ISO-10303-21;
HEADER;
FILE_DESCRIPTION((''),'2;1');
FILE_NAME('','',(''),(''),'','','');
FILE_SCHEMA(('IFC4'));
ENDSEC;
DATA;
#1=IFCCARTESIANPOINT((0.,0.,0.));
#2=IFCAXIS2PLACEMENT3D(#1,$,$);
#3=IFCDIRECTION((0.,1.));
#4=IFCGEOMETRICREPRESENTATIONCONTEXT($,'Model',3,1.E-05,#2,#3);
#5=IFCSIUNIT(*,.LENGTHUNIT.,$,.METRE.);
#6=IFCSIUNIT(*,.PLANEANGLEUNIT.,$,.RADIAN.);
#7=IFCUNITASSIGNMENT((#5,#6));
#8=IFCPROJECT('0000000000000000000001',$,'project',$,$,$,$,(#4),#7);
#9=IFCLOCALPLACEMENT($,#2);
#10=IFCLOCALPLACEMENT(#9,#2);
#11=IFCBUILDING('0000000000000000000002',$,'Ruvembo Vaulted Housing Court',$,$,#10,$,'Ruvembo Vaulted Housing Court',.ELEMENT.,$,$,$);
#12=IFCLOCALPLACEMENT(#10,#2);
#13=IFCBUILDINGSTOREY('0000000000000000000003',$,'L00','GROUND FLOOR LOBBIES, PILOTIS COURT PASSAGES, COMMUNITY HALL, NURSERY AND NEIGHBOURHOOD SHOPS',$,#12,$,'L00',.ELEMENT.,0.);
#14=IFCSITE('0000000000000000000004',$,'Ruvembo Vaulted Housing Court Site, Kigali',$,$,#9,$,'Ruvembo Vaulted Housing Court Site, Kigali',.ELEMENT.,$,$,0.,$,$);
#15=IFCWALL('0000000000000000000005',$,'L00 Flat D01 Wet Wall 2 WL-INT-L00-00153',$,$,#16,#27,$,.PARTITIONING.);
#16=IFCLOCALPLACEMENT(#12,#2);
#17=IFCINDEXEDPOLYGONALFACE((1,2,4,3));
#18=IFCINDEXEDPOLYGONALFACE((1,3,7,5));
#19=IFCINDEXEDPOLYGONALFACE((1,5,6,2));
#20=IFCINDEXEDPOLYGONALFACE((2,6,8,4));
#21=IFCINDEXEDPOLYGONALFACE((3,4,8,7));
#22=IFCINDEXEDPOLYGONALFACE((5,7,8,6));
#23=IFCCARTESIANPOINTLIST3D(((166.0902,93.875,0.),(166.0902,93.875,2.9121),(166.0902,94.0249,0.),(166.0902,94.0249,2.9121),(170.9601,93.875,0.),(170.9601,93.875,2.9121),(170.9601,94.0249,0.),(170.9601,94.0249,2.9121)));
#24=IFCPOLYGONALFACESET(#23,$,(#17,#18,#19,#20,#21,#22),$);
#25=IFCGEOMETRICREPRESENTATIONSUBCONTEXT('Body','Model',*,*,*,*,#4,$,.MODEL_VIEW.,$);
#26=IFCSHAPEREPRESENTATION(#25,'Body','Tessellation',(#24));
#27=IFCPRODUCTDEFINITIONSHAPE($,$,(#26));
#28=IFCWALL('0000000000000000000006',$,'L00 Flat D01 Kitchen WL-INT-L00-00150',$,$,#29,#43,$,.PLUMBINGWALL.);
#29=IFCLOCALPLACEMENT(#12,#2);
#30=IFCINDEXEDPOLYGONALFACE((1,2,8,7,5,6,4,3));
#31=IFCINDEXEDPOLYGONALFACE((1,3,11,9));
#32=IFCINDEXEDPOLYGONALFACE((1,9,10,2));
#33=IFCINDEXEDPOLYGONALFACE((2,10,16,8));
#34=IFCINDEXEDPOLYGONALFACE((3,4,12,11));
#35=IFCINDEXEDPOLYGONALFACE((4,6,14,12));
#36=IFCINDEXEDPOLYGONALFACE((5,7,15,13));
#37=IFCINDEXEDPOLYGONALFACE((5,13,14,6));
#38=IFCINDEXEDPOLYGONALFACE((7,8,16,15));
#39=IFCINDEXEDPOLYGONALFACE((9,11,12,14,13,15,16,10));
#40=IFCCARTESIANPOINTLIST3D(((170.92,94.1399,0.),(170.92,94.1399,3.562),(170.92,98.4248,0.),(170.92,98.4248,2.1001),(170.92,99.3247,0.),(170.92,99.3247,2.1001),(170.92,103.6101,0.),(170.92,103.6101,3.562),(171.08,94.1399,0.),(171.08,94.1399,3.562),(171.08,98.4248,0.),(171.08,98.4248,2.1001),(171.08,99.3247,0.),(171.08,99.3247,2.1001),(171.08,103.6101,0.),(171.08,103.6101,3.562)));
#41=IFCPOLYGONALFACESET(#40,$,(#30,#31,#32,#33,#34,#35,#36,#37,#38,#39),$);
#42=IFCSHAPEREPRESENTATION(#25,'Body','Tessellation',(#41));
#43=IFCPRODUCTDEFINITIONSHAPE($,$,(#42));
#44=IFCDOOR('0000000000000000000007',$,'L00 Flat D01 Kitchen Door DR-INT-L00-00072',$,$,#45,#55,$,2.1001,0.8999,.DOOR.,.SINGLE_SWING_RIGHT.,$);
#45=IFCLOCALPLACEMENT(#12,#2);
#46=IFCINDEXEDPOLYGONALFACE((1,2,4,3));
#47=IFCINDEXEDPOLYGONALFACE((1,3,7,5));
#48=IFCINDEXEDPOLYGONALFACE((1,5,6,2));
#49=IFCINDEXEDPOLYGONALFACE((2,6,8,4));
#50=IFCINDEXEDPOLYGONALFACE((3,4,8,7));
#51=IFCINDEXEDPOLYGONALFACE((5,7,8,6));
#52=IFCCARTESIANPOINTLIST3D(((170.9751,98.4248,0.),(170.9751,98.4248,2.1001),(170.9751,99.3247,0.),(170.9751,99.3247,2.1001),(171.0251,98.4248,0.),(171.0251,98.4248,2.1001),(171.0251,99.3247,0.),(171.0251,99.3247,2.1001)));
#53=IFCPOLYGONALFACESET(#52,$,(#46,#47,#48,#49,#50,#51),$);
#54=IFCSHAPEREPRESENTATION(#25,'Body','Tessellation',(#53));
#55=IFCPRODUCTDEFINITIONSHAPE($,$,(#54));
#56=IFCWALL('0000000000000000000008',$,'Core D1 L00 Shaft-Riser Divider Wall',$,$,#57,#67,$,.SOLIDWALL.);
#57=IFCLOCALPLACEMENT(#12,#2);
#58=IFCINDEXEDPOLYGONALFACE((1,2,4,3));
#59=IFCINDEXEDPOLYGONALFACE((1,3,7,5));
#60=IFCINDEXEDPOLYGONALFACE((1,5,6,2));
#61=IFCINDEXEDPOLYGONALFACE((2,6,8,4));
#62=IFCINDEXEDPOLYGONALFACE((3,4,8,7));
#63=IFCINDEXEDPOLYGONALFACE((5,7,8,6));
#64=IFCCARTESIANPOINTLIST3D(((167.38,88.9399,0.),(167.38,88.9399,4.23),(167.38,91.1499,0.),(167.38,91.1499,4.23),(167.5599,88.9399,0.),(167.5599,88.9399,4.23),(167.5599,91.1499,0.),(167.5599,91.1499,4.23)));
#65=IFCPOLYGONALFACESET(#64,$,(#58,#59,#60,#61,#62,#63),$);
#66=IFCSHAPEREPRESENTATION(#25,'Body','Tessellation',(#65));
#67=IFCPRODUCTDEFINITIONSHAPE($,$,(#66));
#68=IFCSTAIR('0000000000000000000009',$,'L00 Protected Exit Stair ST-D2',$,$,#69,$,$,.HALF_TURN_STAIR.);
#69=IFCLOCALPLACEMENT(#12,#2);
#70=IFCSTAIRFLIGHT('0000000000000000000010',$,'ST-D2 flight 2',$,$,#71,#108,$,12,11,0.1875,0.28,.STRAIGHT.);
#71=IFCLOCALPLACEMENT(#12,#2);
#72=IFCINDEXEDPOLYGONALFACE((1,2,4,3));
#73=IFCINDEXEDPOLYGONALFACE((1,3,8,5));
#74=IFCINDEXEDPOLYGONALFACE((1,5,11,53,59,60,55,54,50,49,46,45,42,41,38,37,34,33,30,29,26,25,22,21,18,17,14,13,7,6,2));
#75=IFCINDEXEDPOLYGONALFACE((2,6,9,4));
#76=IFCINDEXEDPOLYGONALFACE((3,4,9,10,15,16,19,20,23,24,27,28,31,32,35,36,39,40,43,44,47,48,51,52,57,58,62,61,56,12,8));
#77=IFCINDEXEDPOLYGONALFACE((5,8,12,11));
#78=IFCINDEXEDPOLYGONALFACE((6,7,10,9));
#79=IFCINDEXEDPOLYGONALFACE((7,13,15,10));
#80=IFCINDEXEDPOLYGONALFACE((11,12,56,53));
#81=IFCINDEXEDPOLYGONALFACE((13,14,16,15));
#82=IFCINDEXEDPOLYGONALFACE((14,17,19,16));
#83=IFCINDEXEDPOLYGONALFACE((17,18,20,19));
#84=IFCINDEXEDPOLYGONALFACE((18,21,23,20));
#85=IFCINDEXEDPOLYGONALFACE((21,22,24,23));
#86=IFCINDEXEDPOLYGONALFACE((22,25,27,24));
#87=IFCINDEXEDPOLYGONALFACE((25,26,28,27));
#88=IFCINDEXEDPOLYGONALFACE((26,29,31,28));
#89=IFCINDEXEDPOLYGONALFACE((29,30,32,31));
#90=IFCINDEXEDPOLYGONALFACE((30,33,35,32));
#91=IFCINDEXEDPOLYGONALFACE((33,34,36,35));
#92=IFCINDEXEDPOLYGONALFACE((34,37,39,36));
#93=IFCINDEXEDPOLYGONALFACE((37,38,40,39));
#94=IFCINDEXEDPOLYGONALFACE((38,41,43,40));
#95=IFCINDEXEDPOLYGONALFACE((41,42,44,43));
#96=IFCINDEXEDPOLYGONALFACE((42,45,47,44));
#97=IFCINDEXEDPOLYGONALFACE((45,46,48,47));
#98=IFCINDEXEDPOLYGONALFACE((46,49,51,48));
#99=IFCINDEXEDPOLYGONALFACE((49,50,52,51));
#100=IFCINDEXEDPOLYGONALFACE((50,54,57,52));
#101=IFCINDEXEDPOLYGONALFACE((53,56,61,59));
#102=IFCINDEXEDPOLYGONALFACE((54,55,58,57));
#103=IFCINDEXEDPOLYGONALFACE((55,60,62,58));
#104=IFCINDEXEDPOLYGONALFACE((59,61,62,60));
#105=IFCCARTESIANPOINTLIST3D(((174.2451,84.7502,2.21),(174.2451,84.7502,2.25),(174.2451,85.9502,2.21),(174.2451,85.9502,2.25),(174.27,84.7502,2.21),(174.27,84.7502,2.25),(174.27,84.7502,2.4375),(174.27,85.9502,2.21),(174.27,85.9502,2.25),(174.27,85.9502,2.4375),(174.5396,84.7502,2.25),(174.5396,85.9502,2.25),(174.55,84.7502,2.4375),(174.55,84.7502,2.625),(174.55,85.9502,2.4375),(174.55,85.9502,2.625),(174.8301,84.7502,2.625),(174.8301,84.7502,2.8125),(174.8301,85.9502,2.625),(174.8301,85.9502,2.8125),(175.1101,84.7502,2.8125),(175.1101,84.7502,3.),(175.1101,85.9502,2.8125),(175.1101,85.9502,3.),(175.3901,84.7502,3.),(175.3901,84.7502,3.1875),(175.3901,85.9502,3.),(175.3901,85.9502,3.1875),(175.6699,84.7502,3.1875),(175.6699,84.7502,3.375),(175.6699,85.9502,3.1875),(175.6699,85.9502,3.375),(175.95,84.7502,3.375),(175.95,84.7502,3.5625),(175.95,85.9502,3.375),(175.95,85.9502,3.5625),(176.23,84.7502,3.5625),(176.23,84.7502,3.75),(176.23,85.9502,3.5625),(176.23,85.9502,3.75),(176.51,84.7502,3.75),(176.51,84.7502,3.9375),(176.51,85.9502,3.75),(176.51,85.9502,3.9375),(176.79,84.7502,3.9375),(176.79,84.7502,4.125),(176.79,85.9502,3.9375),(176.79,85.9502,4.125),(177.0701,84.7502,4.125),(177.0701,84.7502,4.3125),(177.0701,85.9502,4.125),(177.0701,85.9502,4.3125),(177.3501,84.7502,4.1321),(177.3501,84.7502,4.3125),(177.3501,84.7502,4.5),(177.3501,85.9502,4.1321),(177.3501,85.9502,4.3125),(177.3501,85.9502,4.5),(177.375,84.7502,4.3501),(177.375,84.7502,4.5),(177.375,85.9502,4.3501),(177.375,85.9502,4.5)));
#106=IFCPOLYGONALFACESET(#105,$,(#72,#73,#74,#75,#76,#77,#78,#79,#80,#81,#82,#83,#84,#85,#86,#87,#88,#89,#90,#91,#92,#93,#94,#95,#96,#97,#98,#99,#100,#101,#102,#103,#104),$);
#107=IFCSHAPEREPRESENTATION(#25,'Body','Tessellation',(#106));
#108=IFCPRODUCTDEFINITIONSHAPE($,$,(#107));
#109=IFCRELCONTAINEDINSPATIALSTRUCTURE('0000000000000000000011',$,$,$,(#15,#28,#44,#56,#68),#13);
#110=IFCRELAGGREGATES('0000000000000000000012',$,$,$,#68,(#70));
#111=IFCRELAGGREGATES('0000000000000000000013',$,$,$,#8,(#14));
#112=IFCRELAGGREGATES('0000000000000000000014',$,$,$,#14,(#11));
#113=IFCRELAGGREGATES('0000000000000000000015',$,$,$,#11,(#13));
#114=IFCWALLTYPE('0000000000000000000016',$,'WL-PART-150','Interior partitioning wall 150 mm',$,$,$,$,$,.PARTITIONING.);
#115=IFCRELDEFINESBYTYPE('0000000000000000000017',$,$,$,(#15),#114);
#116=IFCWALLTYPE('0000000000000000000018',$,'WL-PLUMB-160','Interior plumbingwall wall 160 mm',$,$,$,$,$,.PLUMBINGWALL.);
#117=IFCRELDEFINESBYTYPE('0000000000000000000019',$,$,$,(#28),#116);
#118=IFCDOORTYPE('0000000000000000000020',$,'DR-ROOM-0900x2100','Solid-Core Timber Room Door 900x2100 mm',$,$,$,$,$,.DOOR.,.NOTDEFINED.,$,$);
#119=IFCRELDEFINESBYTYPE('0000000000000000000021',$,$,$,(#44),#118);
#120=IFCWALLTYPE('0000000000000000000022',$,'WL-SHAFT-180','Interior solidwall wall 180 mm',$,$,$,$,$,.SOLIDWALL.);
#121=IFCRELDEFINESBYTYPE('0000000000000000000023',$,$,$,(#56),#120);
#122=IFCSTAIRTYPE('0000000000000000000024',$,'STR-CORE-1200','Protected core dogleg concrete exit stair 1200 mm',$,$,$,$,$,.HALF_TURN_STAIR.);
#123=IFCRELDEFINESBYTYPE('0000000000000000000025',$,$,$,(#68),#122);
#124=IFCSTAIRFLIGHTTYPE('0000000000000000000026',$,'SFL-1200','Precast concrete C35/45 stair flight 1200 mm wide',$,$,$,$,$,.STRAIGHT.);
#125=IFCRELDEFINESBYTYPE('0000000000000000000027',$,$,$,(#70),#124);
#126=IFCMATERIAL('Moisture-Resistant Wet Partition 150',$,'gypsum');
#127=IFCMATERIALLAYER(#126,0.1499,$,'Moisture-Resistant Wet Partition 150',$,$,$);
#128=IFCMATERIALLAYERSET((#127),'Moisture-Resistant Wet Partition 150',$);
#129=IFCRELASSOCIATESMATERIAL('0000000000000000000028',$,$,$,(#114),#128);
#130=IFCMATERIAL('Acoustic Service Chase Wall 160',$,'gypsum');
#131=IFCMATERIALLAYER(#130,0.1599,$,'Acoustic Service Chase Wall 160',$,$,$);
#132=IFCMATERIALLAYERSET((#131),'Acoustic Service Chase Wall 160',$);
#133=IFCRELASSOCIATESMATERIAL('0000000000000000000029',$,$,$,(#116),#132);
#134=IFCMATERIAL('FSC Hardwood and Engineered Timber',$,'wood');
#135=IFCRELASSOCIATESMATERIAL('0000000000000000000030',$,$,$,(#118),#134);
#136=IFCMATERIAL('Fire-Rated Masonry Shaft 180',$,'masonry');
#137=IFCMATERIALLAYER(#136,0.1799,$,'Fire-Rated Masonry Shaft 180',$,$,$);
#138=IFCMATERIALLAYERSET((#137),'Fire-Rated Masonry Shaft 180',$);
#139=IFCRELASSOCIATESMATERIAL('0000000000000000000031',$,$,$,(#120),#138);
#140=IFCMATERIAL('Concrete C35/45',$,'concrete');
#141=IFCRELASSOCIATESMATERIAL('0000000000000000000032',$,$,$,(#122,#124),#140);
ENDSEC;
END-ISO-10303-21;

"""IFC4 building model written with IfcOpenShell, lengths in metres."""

from ifc_helpers import new_model, si_unit, direction, frame, frame_2d, origin, place, context, subcontext, project, spatial, polyline, rectangle, outline, extrude, material, layer, layer_set, type_object, element, fill, aggregate, save


model = new_model("IFC4")

# Units and contexts
model_context = context("Model", 3, precision=1e-05, world=origin(), true_north=direction((0.0, 1.0)))
body_context = subcontext(model_context, "Body", "Model", "MODEL_VIEW")
ifc_project = project(units=[si_unit("LENGTHUNIT", "METRE"), si_unit("PLANEANGLEUNIT", "RADIAN")], contexts=[model_context])

# Site, building, storey
site_placement = place(None, origin())
site = spatial("IfcSite", under=ifc_project, at=site_placement, Name="Ruvembo Vaulted Housing Court Site, Kigali", LongName="Ruvembo Vaulted Housing Court Site, Kigali", CompositionType="ELEMENT", RefElevation=0.0)
building_placement = place(site_placement, origin())
building = spatial("IfcBuilding", under=site, at=building_placement, Name="Ruvembo Vaulted Housing Court", LongName="Ruvembo Vaulted Housing Court", CompositionType="ELEMENT")
storey_placement = place(building_placement, origin())
storey = spatial("IfcBuildingStorey", under=building, at=storey_placement, Name="L00", Description="GROUND FLOOR LOBBIES, PILOTIS COURT PASSAGES, COMMUNITY HALL, NURSERY AND NEIGHBOURHOOD SHOPS", LongName="L00", CompositionType="ELEMENT", Elevation=0.0)

# Shared definitions
ifc_material_1 = material(Name="Concrete C35/45", Category="concrete")

# Shared definitions
ifc_material_2 = material(Name="FSC Hardwood and Engineered Timber", Category="wood")
ifc_material_3 = material(Name="Moisture-Resistant Wet Partition 150", Category="gypsum")
ifc_layer_1 = layer(ifc_material_3, 0.1499, Name="Moisture-Resistant Wet Partition 150")
ifc_layer_set_1 = layer_set([ifc_layer_1], Name="Moisture-Resistant Wet Partition 150")
wall_type_1 = type_object("IfcWallType", Name="WL-PART-150", Description="Interior partitioning wall 150 mm", PredefinedType="PARTITIONING", material=ifc_layer_set_1)

# Wall
wall_1_placement = place(storey_placement, frame((166.0901, 93.95, 0.0), z_axis=(0.0, 0.0, 1.0), x_axis=(1.0, 0.0, 0.0)))
element("IfcWall", 1, at=wall_1_placement, inside=storey, type_object=wall_type_1, Name="L00 Flat D01 Wet Wall 2 WL-INT-L00-00153", PredefinedType="PARTITIONING", context=body_context, shape_type="SweptSolid", body=[
    extrude(rectangle(XDim=4.8699, YDim=0.1499, at=frame_2d((2.4351, 0.0))), origin(), (0.0, 0.0, 1.0), 2.9121),
])

# Wall, opening, door
ifc_material_4 = material(Name="Acoustic Service Chase Wall 160", Category="gypsum")
ifc_layer_2 = layer(ifc_material_4, 0.1599, Name="Acoustic Service Chase Wall 160")
ifc_layer_set_2 = layer_set([ifc_layer_2], Name="Acoustic Service Chase Wall 160")
wall_type_2 = type_object("IfcWallType", Name="WL-PLUMB-160", Description="Interior plumbingwall wall 160 mm", PredefinedType="PLUMBINGWALL", material=ifc_layer_set_2)
wall_2_placement = place(storey_placement, frame((171.0, 94.1399, 0.0), z_axis=(0.0, 0.0, 1.0), x_axis=(0.0, 1.0, 0.0)))
wall_2 = element("IfcWall", 2, at=wall_2_placement, inside=storey, type_object=wall_type_2, Name="L00 Flat D01 Kitchen WL-INT-L00-00150", PredefinedType="PLUMBINGWALL", context=body_context, shape_type="SweptSolid", body=[
    extrude(rectangle(XDim=9.4702, YDim=0.1599, at=frame_2d((4.7351, 0.0))), origin(), (0.0, 0.0, 1.0), 3.562),
])
opening_1_placement = place(wall_2_placement, frame((4.2849, 0.0, 0.0)))
opening_1 = element("IfcOpeningElement", 3, at=opening_1_placement, cuts=wall_2, PredefinedType="OPENING", context=body_context, shape_type="SweptSolid", body=[
    extrude(rectangle(XDim=0.8999, YDim=2.1001, at=frame_2d((0.45, 1.05))), frame((0.0, 0.0898, 0.0), z_axis=(0.0, -1.0, 0.0), x_axis=(1.0, 0.0, 0.0)), (0.0, 0.0, 1.0), 0.1799),
])
door_type_1 = type_object("IfcDoorType", Name="DR-ROOM-0900x2100", Description="Solid-Core Timber Room Door 900x2100 mm", OperationType="NOTDEFINED", PredefinedType="DOOR", material=ifc_material_2)
door_1_placement = place(opening_1_placement, origin())
door_1 = element("IfcDoor", 4, at=door_1_placement, inside=storey, type_object=door_type_1, Name="L00 Flat D01 Kitchen Door DR-INT-L00-00072", OperationType="SINGLE_SWING_RIGHT", OverallHeight=2.1001, OverallWidth=0.8999, PredefinedType="DOOR", context=body_context, shape_type="SweptSolid", body=[
    extrude(rectangle(XDim=0.8999, YDim=2.1001, at=frame_2d((0.45, 1.05))), frame((0.0, 0.0249, 0.0), z_axis=(0.0, -1.0, 0.0), x_axis=(1.0, 0.0, 0.0)), (0.0, 0.0, 1.0), 0.05),
])
fill(opening_1, door_1)

# Wall
ifc_material_5 = material(Name="Fire-Rated Masonry Shaft 180", Category="masonry")
ifc_layer_3 = layer(ifc_material_5, 0.1799, Name="Fire-Rated Masonry Shaft 180")
ifc_layer_set_3 = layer_set([ifc_layer_3], Name="Fire-Rated Masonry Shaft 180")
wall_type_3 = type_object("IfcWallType", Name="WL-SHAFT-180", Description="Interior solidwall wall 180 mm", PredefinedType="SOLIDWALL", material=ifc_layer_set_3)
wall_3_placement = place(storey_placement, frame((167.47, 88.9399, 0.0), z_axis=(0.0, 0.0, 1.0), x_axis=(0.0, 1.0, 0.0)))
element("IfcWall", 5, at=wall_3_placement, inside=storey, type_object=wall_type_3, Name="Core D1 L00 Shaft-Riser Divider Wall", PredefinedType="SOLIDWALL", context=body_context, shape_type="SweptSolid", body=[
    extrude(rectangle(XDim=2.21, YDim=0.1799, at=frame_2d((1.105, 0.0))), origin(), (0.0, 0.0, 1.0), 4.23),
])

# Stair, stair flight
stair_type = type_object("IfcStairType", Name="STR-CORE-1200", Description="Protected core dogleg concrete exit stair 1200 mm", PredefinedType="HALF_TURN_STAIR", material=ifc_material_1)
stair_placement = place(storey_placement, origin())
stair = element("IfcStair", 6, at=stair_placement, inside=storey, type_object=stair_type, Name="L00 Protected Exit Stair ST-D2", PredefinedType="HALF_TURN_STAIR")
stair_flight_type = type_object("IfcStairFlightType", Name="SFL-1200", Description="Precast concrete C35/45 stair flight 1200 mm wide", PredefinedType="STRAIGHT", material=ifc_material_1)
stair_flight_placement = place(storey_placement, frame((174.27, 85.3501, 2.25), z_axis=(0.0, 0.0, 1.0), x_axis=(1.0, 0.0, 0.0)))
stair_flight = element("IfcStairFlight", 7, at=stair_flight_placement, type_object=stair_flight_type, Name="ST-D2 flight 2", NumberOfRisers=12, NumberOfTreads=11, PredefinedType="STRAIGHT", RiserHeight=0.1875, TreadLength=0.28, context=body_context, shape_type="SweptSolid", body=[
    extrude(outline(polyline([(-0.0249, -0.04), (-0.0249, 0.0), (0.0, 0.0), (0.0, 0.1875), (0.28, 0.1875), (0.28, 0.375), (0.5601, 0.375), (0.5601, 0.5625), (0.8401, 0.5625), (0.8401, 0.75), (1.1201, 0.75), (1.1201, 0.9375), (1.3999, 0.9375), (1.3999, 1.125), (1.6799, 1.125), (1.6799, 1.3125), (1.96, 1.3125), (1.96, 1.5), (2.24, 1.5), (2.24, 1.6875), (2.52, 1.6875), (2.52, 1.875), (2.8, 1.875), (2.8, 2.0625), (3.0801, 2.0625), (3.0801, 2.25), (3.105, 2.25), (3.105, 2.1001), (3.0801, 1.8821), (0.2695, 0.0), (0.0, -0.04), (-0.0249, -0.04)])), frame((0.0, 0.6001, 0.0), z_axis=(0.0, -1.0, 0.0), x_axis=(1.0, 0.0, 0.0)), (0.0, 0.0, 1.0), 1.2),
])
aggregate(stair, [stair_flight])

save(model, "model.ifc")
